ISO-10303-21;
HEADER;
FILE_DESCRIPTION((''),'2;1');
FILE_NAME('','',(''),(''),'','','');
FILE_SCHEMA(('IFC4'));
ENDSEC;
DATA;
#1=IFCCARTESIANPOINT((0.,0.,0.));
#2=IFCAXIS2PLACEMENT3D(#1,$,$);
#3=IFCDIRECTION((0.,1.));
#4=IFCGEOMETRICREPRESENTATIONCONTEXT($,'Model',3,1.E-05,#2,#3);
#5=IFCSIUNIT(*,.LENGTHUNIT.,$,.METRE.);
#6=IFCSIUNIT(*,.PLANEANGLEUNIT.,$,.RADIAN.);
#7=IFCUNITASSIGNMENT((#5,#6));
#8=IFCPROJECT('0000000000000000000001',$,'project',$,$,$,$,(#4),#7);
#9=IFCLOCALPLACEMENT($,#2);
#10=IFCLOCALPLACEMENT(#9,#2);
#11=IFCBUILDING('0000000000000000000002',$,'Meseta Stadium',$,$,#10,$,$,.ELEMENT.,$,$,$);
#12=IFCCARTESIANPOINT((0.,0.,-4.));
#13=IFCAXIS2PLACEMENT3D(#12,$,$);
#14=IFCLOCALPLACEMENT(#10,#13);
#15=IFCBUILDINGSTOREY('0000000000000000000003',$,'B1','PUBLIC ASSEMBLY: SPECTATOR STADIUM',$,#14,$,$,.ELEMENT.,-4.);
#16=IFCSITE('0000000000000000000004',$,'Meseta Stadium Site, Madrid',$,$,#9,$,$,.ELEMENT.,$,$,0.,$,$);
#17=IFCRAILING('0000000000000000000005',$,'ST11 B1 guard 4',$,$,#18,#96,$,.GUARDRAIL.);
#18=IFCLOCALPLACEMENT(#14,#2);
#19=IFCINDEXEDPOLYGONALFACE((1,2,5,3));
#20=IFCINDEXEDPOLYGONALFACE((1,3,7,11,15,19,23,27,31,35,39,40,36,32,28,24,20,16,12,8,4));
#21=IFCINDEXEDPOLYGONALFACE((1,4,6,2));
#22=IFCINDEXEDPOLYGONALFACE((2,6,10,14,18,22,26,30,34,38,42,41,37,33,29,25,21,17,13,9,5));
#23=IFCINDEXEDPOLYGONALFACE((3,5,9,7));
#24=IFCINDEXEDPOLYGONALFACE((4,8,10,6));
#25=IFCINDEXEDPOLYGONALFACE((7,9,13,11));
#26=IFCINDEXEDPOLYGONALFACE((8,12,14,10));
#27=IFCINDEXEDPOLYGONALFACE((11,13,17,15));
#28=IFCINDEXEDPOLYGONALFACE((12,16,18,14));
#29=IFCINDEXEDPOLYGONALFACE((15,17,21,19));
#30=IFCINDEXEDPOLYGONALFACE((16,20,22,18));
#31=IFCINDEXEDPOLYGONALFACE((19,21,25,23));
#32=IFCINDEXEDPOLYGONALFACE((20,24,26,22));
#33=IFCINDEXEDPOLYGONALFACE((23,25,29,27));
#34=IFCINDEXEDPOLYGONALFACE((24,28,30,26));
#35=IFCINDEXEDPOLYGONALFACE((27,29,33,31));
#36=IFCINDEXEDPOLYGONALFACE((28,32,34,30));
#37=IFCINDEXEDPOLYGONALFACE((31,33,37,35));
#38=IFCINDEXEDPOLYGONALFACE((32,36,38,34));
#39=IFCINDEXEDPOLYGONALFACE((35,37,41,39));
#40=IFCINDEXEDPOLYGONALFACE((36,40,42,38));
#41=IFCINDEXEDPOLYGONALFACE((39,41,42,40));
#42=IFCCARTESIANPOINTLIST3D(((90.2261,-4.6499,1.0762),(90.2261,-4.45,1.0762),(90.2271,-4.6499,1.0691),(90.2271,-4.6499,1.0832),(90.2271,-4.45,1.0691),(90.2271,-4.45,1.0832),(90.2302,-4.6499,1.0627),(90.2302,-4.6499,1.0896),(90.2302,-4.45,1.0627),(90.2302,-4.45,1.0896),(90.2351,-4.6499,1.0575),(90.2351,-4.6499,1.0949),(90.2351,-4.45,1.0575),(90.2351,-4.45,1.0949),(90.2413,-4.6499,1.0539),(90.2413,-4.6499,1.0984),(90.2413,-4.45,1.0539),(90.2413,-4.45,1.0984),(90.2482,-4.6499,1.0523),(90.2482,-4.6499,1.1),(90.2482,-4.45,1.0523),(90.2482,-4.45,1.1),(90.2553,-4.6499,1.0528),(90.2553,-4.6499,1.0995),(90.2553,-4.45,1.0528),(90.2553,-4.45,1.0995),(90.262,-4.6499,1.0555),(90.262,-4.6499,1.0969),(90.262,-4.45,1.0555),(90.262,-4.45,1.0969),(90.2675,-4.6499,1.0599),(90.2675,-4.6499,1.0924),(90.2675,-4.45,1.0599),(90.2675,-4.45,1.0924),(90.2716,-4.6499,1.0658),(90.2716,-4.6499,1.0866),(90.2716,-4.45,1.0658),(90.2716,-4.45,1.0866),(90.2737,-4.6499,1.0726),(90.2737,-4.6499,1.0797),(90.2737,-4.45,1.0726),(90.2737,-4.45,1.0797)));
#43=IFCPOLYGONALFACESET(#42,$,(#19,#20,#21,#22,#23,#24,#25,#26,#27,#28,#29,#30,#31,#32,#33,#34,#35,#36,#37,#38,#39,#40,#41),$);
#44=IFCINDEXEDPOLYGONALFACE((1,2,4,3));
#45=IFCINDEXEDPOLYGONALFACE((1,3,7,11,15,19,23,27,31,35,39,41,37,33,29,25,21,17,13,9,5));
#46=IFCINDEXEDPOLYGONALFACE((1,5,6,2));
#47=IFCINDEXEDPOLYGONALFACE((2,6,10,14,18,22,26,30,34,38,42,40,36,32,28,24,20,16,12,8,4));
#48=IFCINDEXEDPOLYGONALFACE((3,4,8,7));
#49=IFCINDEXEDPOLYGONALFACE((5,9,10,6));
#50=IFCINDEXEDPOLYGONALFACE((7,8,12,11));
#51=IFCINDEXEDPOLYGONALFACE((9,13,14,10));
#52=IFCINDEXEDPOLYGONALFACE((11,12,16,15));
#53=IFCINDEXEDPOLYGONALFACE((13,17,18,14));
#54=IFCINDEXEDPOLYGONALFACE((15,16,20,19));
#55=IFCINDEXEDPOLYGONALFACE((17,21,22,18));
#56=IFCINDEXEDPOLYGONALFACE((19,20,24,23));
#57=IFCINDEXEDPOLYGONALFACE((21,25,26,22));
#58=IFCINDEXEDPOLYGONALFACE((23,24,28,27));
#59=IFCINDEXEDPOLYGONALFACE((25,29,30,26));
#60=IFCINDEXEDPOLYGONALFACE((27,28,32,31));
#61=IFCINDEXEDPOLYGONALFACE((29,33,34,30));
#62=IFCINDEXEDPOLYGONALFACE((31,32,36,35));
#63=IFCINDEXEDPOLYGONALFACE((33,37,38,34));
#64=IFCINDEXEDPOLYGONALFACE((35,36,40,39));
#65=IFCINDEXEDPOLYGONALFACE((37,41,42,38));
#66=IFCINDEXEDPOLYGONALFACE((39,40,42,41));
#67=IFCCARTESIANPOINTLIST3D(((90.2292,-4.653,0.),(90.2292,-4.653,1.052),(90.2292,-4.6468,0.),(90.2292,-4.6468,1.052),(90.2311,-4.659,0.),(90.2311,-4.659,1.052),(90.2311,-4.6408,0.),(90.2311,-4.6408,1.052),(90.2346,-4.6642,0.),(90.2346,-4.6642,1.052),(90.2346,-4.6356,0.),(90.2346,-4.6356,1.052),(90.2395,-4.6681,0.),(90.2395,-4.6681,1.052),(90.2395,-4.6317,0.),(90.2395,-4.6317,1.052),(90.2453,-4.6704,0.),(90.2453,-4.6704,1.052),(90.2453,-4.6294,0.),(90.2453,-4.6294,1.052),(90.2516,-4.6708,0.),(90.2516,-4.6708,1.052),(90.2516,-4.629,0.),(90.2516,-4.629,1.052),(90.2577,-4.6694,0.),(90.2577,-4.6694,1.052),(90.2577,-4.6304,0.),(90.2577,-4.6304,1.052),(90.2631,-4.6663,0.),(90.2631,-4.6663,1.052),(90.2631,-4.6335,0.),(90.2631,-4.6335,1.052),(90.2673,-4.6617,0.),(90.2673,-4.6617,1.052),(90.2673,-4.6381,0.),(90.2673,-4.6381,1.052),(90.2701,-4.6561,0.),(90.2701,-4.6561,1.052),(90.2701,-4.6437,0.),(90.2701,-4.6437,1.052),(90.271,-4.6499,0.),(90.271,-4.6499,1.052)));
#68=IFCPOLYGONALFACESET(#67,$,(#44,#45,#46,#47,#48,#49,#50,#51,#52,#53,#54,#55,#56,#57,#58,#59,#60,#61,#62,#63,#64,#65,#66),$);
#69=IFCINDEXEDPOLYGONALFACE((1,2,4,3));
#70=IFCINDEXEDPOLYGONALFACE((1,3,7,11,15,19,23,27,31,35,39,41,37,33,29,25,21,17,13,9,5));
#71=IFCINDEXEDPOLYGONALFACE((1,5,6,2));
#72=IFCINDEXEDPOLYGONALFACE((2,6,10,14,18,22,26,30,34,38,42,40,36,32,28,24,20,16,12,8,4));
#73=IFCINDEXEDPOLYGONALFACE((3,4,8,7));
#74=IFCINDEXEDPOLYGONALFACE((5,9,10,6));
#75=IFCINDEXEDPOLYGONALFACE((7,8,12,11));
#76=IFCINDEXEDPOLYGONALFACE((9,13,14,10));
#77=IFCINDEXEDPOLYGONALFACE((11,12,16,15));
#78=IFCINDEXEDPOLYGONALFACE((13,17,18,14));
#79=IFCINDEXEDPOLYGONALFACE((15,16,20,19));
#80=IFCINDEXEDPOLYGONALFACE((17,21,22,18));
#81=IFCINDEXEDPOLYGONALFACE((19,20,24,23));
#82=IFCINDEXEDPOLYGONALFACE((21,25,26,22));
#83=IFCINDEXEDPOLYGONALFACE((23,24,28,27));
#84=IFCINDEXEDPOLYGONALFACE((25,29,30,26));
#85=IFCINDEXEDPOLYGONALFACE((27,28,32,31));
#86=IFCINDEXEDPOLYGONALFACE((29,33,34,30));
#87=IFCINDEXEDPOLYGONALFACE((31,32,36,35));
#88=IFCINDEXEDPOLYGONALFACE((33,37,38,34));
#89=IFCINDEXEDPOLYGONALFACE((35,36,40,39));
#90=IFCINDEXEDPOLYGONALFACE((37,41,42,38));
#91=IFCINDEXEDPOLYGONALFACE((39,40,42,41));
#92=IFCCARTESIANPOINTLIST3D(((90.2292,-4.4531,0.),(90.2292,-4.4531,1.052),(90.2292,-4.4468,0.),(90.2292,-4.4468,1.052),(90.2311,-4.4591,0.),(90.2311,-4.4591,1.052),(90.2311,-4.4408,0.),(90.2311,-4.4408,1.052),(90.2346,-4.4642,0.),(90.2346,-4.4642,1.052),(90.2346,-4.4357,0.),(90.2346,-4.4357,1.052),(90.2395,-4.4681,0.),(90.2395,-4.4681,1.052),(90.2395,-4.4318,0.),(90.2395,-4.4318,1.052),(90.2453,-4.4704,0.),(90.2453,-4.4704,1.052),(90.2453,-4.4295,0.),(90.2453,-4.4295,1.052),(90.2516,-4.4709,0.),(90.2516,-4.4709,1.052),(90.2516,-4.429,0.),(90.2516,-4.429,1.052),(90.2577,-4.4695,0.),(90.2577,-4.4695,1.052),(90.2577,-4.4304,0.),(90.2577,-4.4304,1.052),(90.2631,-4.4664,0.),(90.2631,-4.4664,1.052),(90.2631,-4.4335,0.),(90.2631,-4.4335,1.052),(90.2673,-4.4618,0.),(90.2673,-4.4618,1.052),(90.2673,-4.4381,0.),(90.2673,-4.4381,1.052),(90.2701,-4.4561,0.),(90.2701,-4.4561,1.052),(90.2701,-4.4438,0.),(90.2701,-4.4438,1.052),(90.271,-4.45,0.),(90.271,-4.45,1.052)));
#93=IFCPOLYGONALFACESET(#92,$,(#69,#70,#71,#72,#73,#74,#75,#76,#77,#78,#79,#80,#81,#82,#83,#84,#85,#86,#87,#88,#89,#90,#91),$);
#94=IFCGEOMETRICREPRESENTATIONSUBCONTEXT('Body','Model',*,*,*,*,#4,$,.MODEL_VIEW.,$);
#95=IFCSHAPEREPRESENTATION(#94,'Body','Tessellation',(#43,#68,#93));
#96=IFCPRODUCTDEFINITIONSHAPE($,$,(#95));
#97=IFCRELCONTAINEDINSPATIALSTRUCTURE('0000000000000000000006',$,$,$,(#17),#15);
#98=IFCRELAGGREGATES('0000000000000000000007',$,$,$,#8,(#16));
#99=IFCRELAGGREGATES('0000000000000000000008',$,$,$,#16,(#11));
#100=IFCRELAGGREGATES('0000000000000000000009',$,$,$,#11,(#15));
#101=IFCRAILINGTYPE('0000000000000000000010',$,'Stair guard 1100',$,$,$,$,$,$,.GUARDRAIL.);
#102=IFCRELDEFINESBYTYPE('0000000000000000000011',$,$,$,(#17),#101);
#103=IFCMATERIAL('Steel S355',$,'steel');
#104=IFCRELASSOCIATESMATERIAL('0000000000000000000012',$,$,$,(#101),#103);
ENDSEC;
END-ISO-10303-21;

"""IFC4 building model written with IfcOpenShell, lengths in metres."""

from ifc_helpers import new_model, si_unit, direction, frame, origin, origin_2d, place, context, subcontext, project, spatial, circle, extrude, material, type_object, element, save


model = new_model("IFC4")

# Units and contexts
model_context = context("Model", 3, precision=1e-05, world=origin(), true_north=direction((0.0, 1.0)))
body_context = subcontext(model_context, "Body", "Model", "MODEL_VIEW")
ifc_project = project(units=[si_unit("LENGTHUNIT", "METRE"), si_unit("PLANEANGLEUNIT", "RADIAN")], contexts=[model_context])

# Site, building, storey
site_placement = place(None, origin())
site = spatial("IfcSite", under=ifc_project, at=site_placement, Name="Meseta Stadium Site, Madrid", CompositionType="ELEMENT", RefElevation=0.0)
building_placement = place(site_placement, origin())
building = spatial("IfcBuilding", under=site, at=building_placement, Name="Meseta Stadium", CompositionType="ELEMENT")
storey_placement = place(building_placement, frame((0.0, 0.0, -4.0)))
storey = spatial("IfcBuildingStorey", under=building, at=storey_placement, Name="B1", Description="PUBLIC ASSEMBLY: SPECTATOR STADIUM", CompositionType="ELEMENT", Elevation=-4.0)

# Railing
ifc_material_1 = material(Name="Steel S355", Category="steel")
railing_type_1 = type_object("IfcRailingType", Name="Stair guard 1100", PredefinedType="GUARDRAIL", material=ifc_material_1)
railing_1_placement = place(storey_placement, frame((90.25, -4.6499, 0.0)))
element("IfcRailing", 1, at=railing_1_placement, inside=storey, type_object=railing_type_1, Name="ST11 B1 guard 4", PredefinedType="GUARDRAIL", context=body_context, shape_type="SweptSolid", body=[
    extrude(circle(Radius=0.0239, at=origin_2d()), frame((0.0, 0.0, 1.0762), z_axis=(0.0, 1.0, 0.0), x_axis=(-1.0, 0.0, 0.0)), (0.0, 0.0, 1.0), 0.2),
    extrude(circle(Radius=0.021, at=origin_2d()), origin(), (0.0, 0.0, 1.0), 1.052),
    extrude(circle(Radius=0.021, at=origin_2d()), frame((0.0, 0.2, 0.0)), (0.0, 0.0, 1.0), 1.052),
])

save(model, "model.ifc")
